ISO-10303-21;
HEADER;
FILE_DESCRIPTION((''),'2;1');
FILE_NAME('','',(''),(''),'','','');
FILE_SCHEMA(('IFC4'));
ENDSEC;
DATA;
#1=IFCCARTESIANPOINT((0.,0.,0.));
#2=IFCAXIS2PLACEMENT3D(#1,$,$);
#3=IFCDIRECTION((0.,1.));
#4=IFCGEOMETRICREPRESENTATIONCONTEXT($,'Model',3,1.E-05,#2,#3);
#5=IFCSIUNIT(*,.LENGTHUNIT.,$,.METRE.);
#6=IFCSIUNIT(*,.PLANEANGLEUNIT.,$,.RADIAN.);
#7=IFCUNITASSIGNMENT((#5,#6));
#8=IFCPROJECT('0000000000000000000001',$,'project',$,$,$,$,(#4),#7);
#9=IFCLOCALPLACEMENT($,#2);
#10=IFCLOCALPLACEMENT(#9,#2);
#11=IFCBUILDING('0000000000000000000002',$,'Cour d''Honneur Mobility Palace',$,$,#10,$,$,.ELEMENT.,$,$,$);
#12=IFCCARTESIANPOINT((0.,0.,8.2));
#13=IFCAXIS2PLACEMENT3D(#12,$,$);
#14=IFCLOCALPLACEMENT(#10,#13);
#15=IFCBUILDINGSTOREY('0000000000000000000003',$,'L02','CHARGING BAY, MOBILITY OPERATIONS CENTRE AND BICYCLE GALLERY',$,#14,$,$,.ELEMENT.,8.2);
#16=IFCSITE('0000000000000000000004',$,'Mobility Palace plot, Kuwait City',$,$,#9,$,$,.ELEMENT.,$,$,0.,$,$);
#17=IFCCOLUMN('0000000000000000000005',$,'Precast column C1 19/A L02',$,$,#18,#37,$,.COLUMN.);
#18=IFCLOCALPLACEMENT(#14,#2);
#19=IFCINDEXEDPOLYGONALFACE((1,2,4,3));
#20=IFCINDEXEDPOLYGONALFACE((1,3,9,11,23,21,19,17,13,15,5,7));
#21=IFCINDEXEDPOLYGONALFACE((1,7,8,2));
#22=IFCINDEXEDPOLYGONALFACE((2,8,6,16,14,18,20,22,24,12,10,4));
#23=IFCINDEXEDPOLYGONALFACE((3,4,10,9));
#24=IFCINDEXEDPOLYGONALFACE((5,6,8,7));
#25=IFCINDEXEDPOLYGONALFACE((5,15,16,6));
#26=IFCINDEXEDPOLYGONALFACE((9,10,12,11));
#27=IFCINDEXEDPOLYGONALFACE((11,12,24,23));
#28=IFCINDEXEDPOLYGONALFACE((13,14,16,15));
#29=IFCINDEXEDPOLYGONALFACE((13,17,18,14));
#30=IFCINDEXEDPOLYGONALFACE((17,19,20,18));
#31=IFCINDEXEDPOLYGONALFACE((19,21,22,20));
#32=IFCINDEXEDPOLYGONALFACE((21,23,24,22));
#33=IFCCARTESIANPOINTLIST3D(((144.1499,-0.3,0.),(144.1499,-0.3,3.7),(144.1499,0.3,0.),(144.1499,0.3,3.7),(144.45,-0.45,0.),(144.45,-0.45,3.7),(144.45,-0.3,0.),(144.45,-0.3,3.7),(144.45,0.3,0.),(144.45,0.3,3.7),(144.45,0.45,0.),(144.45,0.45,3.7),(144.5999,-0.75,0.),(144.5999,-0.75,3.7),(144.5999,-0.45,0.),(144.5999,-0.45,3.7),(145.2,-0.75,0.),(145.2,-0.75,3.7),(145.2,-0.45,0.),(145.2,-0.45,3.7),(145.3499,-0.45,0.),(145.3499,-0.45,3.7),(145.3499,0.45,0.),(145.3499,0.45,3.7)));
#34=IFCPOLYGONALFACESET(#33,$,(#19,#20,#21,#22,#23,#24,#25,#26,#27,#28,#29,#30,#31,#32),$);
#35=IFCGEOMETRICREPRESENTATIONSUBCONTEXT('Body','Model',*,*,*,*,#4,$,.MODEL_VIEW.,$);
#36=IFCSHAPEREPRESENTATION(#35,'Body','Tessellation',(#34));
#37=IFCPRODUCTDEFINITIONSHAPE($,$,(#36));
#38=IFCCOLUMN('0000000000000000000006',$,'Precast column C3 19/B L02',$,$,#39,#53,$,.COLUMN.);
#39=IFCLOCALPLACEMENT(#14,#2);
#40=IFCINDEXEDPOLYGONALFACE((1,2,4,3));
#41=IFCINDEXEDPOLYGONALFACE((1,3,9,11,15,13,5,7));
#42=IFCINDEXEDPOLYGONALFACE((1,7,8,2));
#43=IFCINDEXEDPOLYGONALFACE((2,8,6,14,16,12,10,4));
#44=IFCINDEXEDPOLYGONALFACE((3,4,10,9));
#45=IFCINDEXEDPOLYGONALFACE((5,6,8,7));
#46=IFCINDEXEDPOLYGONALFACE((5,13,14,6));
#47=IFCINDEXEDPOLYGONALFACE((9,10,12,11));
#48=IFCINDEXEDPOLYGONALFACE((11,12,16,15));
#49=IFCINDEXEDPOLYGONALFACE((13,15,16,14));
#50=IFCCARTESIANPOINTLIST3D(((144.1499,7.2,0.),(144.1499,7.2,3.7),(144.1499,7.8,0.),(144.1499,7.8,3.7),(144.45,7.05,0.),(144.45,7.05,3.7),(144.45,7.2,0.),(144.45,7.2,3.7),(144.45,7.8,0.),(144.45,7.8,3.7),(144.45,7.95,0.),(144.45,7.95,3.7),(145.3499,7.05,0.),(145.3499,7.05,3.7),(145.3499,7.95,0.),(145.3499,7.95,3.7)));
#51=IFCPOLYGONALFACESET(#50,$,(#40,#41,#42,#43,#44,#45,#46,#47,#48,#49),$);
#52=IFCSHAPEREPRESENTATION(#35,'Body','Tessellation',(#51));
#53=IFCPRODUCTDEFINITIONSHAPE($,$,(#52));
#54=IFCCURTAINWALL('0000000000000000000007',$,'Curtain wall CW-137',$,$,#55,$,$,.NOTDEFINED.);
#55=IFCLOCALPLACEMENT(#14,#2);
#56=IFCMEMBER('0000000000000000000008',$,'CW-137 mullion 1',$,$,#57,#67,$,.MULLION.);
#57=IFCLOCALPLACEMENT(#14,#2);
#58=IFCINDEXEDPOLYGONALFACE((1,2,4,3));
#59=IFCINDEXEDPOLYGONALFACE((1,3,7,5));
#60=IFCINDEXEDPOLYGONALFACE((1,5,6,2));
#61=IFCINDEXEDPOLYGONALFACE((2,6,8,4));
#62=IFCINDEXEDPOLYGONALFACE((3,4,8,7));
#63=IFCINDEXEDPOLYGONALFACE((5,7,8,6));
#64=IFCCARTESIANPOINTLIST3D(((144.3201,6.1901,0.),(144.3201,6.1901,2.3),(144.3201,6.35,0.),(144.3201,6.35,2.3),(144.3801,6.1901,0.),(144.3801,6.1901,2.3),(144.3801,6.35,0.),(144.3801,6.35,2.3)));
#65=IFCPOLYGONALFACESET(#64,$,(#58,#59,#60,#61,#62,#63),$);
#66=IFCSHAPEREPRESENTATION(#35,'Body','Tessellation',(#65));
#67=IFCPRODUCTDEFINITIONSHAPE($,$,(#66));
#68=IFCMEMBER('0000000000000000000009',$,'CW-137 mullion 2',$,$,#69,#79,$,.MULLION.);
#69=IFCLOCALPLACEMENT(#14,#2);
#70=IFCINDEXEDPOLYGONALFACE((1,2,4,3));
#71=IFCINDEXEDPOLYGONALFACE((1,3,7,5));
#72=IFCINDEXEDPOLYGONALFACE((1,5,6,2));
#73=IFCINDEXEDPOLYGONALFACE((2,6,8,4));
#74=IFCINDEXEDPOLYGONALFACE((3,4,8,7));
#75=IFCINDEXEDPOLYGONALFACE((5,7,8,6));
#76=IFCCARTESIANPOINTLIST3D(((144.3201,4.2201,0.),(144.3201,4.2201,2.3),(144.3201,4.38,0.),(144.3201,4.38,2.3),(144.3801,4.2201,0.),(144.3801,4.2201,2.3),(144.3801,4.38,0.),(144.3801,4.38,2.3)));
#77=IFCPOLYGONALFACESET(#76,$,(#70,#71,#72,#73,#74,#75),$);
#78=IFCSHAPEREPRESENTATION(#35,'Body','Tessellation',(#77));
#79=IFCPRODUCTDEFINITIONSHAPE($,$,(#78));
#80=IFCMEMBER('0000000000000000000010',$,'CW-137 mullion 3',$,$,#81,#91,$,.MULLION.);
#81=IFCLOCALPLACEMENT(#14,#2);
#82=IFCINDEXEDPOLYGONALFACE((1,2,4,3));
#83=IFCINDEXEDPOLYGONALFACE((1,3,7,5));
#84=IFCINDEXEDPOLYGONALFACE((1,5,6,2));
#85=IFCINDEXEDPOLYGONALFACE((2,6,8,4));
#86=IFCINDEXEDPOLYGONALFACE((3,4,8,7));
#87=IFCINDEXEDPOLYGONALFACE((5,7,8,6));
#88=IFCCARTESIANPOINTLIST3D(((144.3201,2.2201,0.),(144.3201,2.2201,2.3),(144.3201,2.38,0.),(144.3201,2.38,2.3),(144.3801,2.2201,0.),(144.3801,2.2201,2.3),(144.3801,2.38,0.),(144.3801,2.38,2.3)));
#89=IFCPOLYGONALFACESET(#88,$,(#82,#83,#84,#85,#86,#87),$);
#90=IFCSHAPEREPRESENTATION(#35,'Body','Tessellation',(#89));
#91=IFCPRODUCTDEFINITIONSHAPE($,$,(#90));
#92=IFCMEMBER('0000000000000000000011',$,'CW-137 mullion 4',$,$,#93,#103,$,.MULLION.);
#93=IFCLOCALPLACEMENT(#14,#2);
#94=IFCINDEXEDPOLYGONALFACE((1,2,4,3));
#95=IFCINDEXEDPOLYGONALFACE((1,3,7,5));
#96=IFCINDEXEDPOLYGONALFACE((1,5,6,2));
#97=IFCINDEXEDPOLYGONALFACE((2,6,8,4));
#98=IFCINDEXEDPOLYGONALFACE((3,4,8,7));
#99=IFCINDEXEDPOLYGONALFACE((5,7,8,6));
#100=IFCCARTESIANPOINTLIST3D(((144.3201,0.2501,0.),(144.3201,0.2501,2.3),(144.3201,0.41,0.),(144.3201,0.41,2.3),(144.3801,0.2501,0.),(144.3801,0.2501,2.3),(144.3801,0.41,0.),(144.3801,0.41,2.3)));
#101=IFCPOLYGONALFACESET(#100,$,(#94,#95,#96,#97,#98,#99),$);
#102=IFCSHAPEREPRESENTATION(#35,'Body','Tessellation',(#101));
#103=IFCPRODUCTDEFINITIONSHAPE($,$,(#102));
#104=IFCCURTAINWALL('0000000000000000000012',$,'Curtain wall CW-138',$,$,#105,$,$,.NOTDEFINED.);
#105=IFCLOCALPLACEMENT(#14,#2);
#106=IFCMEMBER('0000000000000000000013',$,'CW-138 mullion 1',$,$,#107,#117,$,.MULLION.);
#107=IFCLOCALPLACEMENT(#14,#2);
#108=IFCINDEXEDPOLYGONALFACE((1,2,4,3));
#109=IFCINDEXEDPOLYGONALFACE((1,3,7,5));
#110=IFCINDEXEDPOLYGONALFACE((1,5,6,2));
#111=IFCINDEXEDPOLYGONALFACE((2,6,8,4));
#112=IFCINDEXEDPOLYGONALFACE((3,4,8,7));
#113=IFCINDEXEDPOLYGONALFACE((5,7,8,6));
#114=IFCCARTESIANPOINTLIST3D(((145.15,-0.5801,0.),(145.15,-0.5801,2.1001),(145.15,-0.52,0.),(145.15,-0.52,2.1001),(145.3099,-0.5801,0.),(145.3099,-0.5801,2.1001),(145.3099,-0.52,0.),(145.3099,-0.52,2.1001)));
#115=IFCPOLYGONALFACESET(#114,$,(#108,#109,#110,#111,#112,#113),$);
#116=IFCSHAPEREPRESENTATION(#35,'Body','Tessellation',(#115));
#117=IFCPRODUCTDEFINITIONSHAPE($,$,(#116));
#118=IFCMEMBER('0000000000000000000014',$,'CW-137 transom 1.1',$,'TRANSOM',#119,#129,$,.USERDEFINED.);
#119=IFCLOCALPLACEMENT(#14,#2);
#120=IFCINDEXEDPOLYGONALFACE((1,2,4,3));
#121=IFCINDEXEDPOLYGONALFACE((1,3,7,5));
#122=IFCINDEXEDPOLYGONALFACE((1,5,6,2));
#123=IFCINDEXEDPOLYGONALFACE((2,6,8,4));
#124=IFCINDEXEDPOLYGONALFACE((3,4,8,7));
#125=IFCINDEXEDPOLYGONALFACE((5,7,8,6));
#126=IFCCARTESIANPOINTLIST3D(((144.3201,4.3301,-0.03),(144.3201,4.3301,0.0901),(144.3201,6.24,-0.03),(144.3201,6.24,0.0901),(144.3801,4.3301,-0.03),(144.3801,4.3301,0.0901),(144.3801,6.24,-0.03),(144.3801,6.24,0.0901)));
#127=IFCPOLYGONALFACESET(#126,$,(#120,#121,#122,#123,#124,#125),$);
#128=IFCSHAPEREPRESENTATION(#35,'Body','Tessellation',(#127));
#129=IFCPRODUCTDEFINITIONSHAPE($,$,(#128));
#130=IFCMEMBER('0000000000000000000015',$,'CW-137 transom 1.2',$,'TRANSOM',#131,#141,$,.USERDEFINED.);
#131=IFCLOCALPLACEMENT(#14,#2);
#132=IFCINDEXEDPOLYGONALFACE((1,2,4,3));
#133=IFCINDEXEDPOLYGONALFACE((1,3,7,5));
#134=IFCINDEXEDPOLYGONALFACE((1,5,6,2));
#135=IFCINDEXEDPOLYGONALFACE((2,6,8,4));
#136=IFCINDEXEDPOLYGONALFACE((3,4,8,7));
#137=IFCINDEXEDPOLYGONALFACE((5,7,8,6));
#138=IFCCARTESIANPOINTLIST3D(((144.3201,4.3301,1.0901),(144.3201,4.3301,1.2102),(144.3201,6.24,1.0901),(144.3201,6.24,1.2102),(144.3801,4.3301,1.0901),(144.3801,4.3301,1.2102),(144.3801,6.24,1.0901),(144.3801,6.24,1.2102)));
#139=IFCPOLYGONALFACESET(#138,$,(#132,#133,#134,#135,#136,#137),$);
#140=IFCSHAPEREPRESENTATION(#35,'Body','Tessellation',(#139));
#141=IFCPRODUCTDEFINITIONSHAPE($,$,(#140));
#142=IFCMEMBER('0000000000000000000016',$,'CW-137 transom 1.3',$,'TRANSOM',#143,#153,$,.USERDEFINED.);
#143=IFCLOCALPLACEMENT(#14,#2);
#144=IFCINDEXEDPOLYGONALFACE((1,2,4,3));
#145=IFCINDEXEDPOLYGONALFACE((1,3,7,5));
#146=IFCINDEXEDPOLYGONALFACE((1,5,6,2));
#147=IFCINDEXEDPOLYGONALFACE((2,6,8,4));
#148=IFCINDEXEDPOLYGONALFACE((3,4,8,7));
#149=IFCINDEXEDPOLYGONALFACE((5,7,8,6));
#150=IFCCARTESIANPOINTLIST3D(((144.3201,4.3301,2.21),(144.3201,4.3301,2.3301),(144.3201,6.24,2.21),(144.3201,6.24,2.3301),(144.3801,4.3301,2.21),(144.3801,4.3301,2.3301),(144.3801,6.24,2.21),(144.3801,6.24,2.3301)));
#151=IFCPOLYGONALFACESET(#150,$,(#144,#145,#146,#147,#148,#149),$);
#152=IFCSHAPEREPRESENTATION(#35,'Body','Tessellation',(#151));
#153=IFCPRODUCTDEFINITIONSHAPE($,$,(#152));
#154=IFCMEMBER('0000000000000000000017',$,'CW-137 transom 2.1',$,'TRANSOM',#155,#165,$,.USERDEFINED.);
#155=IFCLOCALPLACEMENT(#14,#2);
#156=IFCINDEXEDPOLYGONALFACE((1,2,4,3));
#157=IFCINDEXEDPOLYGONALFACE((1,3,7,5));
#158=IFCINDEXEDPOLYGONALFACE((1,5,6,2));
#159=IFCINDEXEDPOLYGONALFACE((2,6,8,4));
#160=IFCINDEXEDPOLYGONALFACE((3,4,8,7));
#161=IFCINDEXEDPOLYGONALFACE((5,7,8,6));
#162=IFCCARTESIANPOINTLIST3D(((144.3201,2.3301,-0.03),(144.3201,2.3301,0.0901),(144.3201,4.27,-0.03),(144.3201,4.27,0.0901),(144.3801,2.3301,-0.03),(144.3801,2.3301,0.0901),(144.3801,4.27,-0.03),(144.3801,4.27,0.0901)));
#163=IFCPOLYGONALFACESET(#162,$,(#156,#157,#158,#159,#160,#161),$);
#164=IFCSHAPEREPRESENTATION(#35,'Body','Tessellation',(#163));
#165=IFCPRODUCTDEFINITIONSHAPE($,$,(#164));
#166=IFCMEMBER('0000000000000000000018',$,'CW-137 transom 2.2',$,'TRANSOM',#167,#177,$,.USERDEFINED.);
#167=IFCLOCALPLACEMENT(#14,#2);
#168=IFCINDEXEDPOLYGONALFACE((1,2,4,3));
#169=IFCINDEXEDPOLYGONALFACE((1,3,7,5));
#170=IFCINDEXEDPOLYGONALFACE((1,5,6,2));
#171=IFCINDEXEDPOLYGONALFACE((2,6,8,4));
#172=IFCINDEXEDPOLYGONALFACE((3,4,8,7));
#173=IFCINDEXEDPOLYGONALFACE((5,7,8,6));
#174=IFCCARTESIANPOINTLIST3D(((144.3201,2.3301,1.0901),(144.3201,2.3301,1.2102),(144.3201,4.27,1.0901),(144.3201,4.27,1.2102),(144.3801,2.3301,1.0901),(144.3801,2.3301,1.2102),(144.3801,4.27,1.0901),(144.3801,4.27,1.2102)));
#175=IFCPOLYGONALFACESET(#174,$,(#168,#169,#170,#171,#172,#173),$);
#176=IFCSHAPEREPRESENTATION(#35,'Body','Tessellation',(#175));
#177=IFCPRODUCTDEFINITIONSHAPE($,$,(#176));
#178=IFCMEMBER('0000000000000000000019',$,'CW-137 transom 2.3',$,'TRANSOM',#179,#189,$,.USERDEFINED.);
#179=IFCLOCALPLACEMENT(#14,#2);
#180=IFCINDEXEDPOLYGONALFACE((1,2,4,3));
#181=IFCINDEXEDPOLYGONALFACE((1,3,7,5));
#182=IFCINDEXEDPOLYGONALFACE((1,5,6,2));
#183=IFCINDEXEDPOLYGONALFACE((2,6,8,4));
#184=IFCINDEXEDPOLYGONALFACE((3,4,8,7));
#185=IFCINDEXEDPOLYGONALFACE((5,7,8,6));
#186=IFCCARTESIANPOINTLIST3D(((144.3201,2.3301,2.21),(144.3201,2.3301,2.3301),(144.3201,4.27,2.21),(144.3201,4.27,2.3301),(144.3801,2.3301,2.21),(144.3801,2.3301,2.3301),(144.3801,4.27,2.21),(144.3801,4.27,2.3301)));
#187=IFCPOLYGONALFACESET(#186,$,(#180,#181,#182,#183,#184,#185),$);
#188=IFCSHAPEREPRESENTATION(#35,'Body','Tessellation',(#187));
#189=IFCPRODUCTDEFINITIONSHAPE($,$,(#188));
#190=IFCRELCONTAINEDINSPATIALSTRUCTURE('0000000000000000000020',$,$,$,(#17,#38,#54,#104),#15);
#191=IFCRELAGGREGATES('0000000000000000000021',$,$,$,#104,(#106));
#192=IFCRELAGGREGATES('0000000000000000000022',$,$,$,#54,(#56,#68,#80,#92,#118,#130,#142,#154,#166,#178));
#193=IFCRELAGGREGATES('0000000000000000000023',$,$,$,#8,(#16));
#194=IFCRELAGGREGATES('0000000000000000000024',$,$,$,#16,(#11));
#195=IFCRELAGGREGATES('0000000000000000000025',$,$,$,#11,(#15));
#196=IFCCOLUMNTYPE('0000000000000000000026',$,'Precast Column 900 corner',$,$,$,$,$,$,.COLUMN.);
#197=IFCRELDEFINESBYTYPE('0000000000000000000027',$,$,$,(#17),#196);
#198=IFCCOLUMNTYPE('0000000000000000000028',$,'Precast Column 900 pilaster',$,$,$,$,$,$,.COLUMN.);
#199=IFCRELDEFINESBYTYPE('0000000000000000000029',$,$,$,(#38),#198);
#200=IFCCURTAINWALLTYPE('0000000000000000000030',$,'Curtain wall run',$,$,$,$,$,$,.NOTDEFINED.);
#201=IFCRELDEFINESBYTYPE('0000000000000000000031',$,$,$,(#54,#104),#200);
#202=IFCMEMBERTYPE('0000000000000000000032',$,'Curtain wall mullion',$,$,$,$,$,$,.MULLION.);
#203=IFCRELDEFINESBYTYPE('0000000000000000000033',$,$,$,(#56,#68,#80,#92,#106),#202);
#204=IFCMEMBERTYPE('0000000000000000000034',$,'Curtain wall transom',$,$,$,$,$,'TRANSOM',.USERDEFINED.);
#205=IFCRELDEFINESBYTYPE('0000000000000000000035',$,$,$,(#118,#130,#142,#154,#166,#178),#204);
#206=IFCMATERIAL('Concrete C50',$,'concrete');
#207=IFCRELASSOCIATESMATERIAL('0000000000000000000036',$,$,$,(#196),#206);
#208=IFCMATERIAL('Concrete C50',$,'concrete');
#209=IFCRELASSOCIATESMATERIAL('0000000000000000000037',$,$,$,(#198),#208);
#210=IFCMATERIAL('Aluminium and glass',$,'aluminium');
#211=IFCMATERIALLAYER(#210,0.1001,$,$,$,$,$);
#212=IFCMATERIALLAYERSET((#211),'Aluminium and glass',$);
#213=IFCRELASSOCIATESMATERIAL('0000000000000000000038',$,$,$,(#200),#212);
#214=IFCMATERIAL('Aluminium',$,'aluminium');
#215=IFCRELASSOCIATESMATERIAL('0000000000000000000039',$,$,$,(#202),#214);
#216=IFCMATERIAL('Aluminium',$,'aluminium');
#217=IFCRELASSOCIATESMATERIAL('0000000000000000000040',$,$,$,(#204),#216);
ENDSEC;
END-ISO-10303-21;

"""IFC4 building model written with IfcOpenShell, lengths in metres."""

from ifc_helpers import new_model, si_unit, direction, frame, origin, origin_2d, place, context, subcontext, project, spatial, polyline, rectangle, outline, extrude, material, layer, layer_set, material_profile, profile_set, type_object, element, aggregate, save


model = new_model("IFC4")

# Units and contexts
model_context = context("Model", 3, precision=1e-05, world=origin(), true_north=direction((0.0, 1.0)))
body_context = subcontext(model_context, "Body", "Model", "MODEL_VIEW")
ifc_project = project(units=[si_unit("LENGTHUNIT", "METRE"), si_unit("PLANEANGLEUNIT", "RADIAN")], contexts=[model_context])

# Site, building, storey
site_placement = place(None, origin())
site = spatial("IfcSite", under=ifc_project, at=site_placement, Name="Mobility Palace plot, Kuwait City", CompositionType="ELEMENT", RefElevation=0.0)
building_placement = place(site_placement, origin())
building = spatial("IfcBuilding", under=site, at=building_placement, Name="Cour d'Honneur Mobility Palace", CompositionType="ELEMENT")
storey_placement = place(building_placement, frame((0.0, 0.0, 8.2)))
storey = spatial("IfcBuildingStorey", under=building, at=storey_placement, Name="L02", Description="CHARGING BAY, MOBILITY OPERATIONS CENTRE AND BICYCLE GALLERY", CompositionType="ELEMENT", Elevation=8.2)

# Columns
ifc_material_1 = material(Name="Concrete C50", Category="concrete")
ifc_material_profile_1 = material_profile(ifc_material_1, outline(polyline([(-0.45, -0.45), (0.45, -0.45), (0.45, -0.3), (0.75, -0.3), (0.75, 0.3), (0.45, 0.3), (0.45, 0.45), (0.3, 0.45), (0.3, 0.75), (-0.3, 0.75), (-0.3, 0.45), (-0.45, 0.45), (-0.45, -0.45)])), Name="PC C900 corner")
ifc_profile_set_1 = profile_set([ifc_material_profile_1], Name="Concrete C50")
column_type_1 = type_object("IfcColumnType", Name="Precast Column 900 corner", PredefinedType="COLUMN", material=ifc_profile_set_1)
column_1_placement = place(storey_placement, frame((144.8999, 0.0, 0.0), z_axis=(0.0, 0.0, 1.0), x_axis=(-1.0, 0.0, 0.0)))
element("IfcColumn", 1, at=column_1_placement, inside=storey, type_object=column_type_1, Name="Precast column C1 19/A L02", PredefinedType="COLUMN", context=body_context, shape_type="SweptSolid", body=[
    extrude(outline(polyline([(-0.45, -0.45), (0.45, -0.45), (0.45, -0.3), (0.75, -0.3), (0.75, 0.3), (0.45, 0.3), (0.45, 0.45), (0.3, 0.45), (0.3, 0.75), (-0.3, 0.75), (-0.3, 0.45), (-0.45, 0.45), (-0.45, -0.45)])), origin(), (0.0, 0.0, 1.0), 3.7),
])
ifc_material_2 = material(Name="Concrete C50", Category="concrete")
ifc_material_profile_2 = material_profile(ifc_material_2, outline(polyline([(-0.45, -0.45), (0.45, -0.45), (0.45, -0.3), (0.75, -0.3), (0.75, 0.3), (0.45, 0.3), (0.45, 0.45), (-0.45, 0.45), (-0.45, -0.45)])), Name="PC C900 pilaster")
ifc_profile_set_2 = profile_set([ifc_material_profile_2], Name="Concrete C50")
column_type_2 = type_object("IfcColumnType", Name="Precast Column 900 pilaster", PredefinedType="COLUMN", material=ifc_profile_set_2)
column_2_placement = place(storey_placement, frame((144.8999, 7.5, 0.0), z_axis=(0.0, 0.0, 1.0), x_axis=(-1.0, 0.0, 0.0)))
element("IfcColumn", 2, at=column_2_placement, inside=storey, type_object=column_type_2, Name="Precast column C3 19/B L02", PredefinedType="COLUMN", context=body_context, shape_type="SweptSolid", body=[
    extrude(outline(polyline([(-0.45, -0.45), (0.45, -0.45), (0.45, -0.3), (0.75, -0.3), (0.75, 0.3), (0.45, 0.3), (0.45, 0.45), (-0.45, 0.45), (-0.45, -0.45)])), origin(), (0.0, 0.0, 1.0), 3.7),
])

# Curtain wall, members
ifc_material_3 = material(Name="Aluminium and glass", Category="aluminium")
ifc_layer_1 = layer(ifc_material_3, 0.1001)
ifc_layer_set_1 = layer_set([ifc_layer_1], Name="Aluminium and glass")
curtain_wall_type = type_object("IfcCurtainWallType", Name="Curtain wall run", PredefinedType="NOTDEFINED", material=ifc_layer_set_1)
curtain_wall_1_placement = place(storey_placement, origin())
curtain_wall_1 = element("IfcCurtainWall", 3, at=curtain_wall_1_placement, inside=storey, type_object=curtain_wall_type, Name="Curtain wall CW-137", PredefinedType="NOTDEFINED")
ifc_material_4 = material(Name="Aluminium", Category="aluminium")
ifc_material_profile_3 = material_profile(ifc_material_4, rectangle(XDim=0.0601, YDim=0.1599, at=origin_2d()), Name="Curtain wall mullion")
ifc_profile_set_3 = profile_set([ifc_material_profile_3], Name="Aluminium")
member_type_1 = type_object("IfcMemberType", Name="Curtain wall mullion", PredefinedType="MULLION", material=ifc_profile_set_3)
member_1_placement = place(storey_placement, frame((144.3501, 6.27, 0.0), z_axis=(0.0, 0.0, 1.0), x_axis=(1.0, 0.0, 0.0)))
member_1 = element("IfcMember", 4, at=member_1_placement, type_object=member_type_1, Name="CW-137 mullion 1", PredefinedType="MULLION", context=body_context, shape_type="SweptSolid", body=[
    extrude(rectangle(XDim=0.0601, YDim=0.1599, at=origin_2d()), origin(), (0.0, 0.0, 1.0), 2.3),
])
member_2_placement = place(storey_placement, frame((144.3501, 4.3, 0.0), z_axis=(0.0, 0.0, 1.0), x_axis=(1.0, 0.0, 0.0)))
member_2 = element("IfcMember", 5, at=member_2_placement, type_object=member_type_1, Name="CW-137 mullion 2", PredefinedType="MULLION", context=body_context, shape_type="SweptSolid", body=[
    extrude(rectangle(XDim=0.0601, YDim=0.1599, at=origin_2d()), origin(), (0.0, 0.0, 1.0), 2.3),
])
member_3_placement = place(storey_placement, frame((144.3501, 2.3, 0.0), z_axis=(0.0, 0.0, 1.0), x_axis=(1.0, 0.0, 0.0)))
member_3 = element("IfcMember", 6, at=member_3_placement, type_object=member_type_1, Name="CW-137 mullion 3", PredefinedType="MULLION", context=body_context, shape_type="SweptSolid", body=[
    extrude(rectangle(XDim=0.0601, YDim=0.1599, at=origin_2d()), origin(), (0.0, 0.0, 1.0), 2.3),
])
member_4_placement = place(storey_placement, frame((144.3501, 0.3301, 0.0), z_axis=(0.0, 0.0, 1.0), x_axis=(1.0, 0.0, 0.0)))
member_4 = element("IfcMember", 7, at=member_4_placement, type_object=member_type_1, Name="CW-137 mullion 4", PredefinedType="MULLION", context=body_context, shape_type="SweptSolid", body=[
    extrude(rectangle(XDim=0.0601, YDim=0.1599, at=origin_2d()), origin(), (0.0, 0.0, 1.0), 2.3),
])

# Curtain wall, member
curtain_wall_2_placement = place(storey_placement, origin())
curtain_wall_2 = element("IfcCurtainWall", 8, at=curtain_wall_2_placement, inside=storey, type_object=curtain_wall_type, Name="Curtain wall CW-138", PredefinedType="NOTDEFINED")
member_5_placement = place(storey_placement, frame((145.23, -0.55, 0.0), z_axis=(0.0, 0.0, 1.0), x_axis=(0.0, 1.0, 0.0)))
member_5 = element("IfcMember", 9, at=member_5_placement, type_object=member_type_1, Name="CW-138 mullion 1", PredefinedType="MULLION", context=body_context, shape_type="SweptSolid", body=[
    extrude(rectangle(XDim=0.0601, YDim=0.1599, at=origin_2d()), origin(), (0.0, 0.0, 1.0), 2.1001),
])

# Members
ifc_material_5 = material(Name="Aluminium", Category="aluminium")
ifc_material_profile_4 = material_profile(ifc_material_5, rectangle(XDim=0.0601, YDim=0.1201, at=origin_2d()), Name="Curtain wall transom")
ifc_profile_set_4 = profile_set([ifc_material_profile_4], Name="Aluminium")
member_type_2 = type_object("IfcMemberType", Name="Curtain wall transom", ElementType="TRANSOM", PredefinedType="USERDEFINED", material=ifc_profile_set_4)
member_6_placement = place(storey_placement, frame((144.3501, 6.24, 0.03), z_axis=(0.0, -1.0, 0.0), x_axis=(1.0, 0.0, 0.0)))
member_6 = element("IfcMember", 10, at=member_6_placement, type_object=member_type_2, Name="CW-137 transom 1.1", ObjectType="TRANSOM", PredefinedType="USERDEFINED", context=body_context, shape_type="SweptSolid", body=[
    extrude(rectangle(XDim=0.0601, YDim=0.1201, at=origin_2d()), origin(), (0.0, 0.0, 1.0), 1.9099),
])
member_7_placement = place(storey_placement, frame((144.3501, 6.24, 1.1501), z_axis=(0.0, -1.0, 0.0), x_axis=(1.0, 0.0, 0.0)))
member_7 = element("IfcMember", 11, at=member_7_placement, type_object=member_type_2, Name="CW-137 transom 1.2", ObjectType="TRANSOM", PredefinedType="USERDEFINED", context=body_context, shape_type="SweptSolid", body=[
    extrude(rectangle(XDim=0.0601, YDim=0.1201, at=origin_2d()), origin(), (0.0, 0.0, 1.0), 1.9099),
])
member_8_placement = place(storey_placement, frame((144.3501, 6.24, 2.27), z_axis=(0.0, -1.0, 0.0), x_axis=(1.0, 0.0, 0.0)))
member_8 = element("IfcMember", 12, at=member_8_placement, type_object=member_type_2, Name="CW-137 transom 1.3", ObjectType="TRANSOM", PredefinedType="USERDEFINED", context=body_context, shape_type="SweptSolid", body=[
    extrude(rectangle(XDim=0.0601, YDim=0.1201, at=origin_2d()), origin(), (0.0, 0.0, 1.0), 1.9099),
])
member_9_placement = place(storey_placement, frame((144.3501, 4.27, 0.03), z_axis=(0.0, -1.0, 0.0), x_axis=(1.0, 0.0, 0.0)))
member_9 = element("IfcMember", 13, at=member_9_placement, type_object=member_type_2, Name="CW-137 transom 2.1", ObjectType="TRANSOM", PredefinedType="USERDEFINED", context=body_context, shape_type="SweptSolid", body=[
    extrude(rectangle(XDim=0.0601, YDim=0.1201, at=origin_2d()), origin(), (0.0, 0.0, 1.0), 1.9399),
])
member_10_placement = place(storey_placement, frame((144.3501, 4.27, 1.1501), z_axis=(0.0, -1.0, 0.0), x_axis=(1.0, 0.0, 0.0)))
member_10 = element("IfcMember", 14, at=member_10_placement, type_object=member_type_2, Name="CW-137 transom 2.2", ObjectType="TRANSOM", PredefinedType="USERDEFINED", context=body_context, shape_type="SweptSolid", body=[
    extrude(rectangle(XDim=0.0601, YDim=0.1201, at=origin_2d()), origin(), (0.0, 0.0, 1.0), 1.9399),
])
member_11_placement = place(storey_placement, frame((144.3501, 4.27, 2.27), z_axis=(0.0, -1.0, 0.0), x_axis=(1.0, 0.0, 0.0)))
member_11 = element("IfcMember", 15, at=member_11_placement, type_object=member_type_2, Name="CW-137 transom 2.3", ObjectType="TRANSOM", PredefinedType="USERDEFINED", context=body_context, shape_type="SweptSolid", body=[
    extrude(rectangle(XDim=0.0601, YDim=0.1201, at=origin_2d()), origin(), (0.0, 0.0, 1.0), 1.9399),
])
aggregate(curtain_wall_2, [member_5])

aggregate(curtain_wall_1, [member_1, member_2, member_3, member_4, member_6, member_7, member_8, member_9, member_10, member_11])

save(model, "model.ifc")
